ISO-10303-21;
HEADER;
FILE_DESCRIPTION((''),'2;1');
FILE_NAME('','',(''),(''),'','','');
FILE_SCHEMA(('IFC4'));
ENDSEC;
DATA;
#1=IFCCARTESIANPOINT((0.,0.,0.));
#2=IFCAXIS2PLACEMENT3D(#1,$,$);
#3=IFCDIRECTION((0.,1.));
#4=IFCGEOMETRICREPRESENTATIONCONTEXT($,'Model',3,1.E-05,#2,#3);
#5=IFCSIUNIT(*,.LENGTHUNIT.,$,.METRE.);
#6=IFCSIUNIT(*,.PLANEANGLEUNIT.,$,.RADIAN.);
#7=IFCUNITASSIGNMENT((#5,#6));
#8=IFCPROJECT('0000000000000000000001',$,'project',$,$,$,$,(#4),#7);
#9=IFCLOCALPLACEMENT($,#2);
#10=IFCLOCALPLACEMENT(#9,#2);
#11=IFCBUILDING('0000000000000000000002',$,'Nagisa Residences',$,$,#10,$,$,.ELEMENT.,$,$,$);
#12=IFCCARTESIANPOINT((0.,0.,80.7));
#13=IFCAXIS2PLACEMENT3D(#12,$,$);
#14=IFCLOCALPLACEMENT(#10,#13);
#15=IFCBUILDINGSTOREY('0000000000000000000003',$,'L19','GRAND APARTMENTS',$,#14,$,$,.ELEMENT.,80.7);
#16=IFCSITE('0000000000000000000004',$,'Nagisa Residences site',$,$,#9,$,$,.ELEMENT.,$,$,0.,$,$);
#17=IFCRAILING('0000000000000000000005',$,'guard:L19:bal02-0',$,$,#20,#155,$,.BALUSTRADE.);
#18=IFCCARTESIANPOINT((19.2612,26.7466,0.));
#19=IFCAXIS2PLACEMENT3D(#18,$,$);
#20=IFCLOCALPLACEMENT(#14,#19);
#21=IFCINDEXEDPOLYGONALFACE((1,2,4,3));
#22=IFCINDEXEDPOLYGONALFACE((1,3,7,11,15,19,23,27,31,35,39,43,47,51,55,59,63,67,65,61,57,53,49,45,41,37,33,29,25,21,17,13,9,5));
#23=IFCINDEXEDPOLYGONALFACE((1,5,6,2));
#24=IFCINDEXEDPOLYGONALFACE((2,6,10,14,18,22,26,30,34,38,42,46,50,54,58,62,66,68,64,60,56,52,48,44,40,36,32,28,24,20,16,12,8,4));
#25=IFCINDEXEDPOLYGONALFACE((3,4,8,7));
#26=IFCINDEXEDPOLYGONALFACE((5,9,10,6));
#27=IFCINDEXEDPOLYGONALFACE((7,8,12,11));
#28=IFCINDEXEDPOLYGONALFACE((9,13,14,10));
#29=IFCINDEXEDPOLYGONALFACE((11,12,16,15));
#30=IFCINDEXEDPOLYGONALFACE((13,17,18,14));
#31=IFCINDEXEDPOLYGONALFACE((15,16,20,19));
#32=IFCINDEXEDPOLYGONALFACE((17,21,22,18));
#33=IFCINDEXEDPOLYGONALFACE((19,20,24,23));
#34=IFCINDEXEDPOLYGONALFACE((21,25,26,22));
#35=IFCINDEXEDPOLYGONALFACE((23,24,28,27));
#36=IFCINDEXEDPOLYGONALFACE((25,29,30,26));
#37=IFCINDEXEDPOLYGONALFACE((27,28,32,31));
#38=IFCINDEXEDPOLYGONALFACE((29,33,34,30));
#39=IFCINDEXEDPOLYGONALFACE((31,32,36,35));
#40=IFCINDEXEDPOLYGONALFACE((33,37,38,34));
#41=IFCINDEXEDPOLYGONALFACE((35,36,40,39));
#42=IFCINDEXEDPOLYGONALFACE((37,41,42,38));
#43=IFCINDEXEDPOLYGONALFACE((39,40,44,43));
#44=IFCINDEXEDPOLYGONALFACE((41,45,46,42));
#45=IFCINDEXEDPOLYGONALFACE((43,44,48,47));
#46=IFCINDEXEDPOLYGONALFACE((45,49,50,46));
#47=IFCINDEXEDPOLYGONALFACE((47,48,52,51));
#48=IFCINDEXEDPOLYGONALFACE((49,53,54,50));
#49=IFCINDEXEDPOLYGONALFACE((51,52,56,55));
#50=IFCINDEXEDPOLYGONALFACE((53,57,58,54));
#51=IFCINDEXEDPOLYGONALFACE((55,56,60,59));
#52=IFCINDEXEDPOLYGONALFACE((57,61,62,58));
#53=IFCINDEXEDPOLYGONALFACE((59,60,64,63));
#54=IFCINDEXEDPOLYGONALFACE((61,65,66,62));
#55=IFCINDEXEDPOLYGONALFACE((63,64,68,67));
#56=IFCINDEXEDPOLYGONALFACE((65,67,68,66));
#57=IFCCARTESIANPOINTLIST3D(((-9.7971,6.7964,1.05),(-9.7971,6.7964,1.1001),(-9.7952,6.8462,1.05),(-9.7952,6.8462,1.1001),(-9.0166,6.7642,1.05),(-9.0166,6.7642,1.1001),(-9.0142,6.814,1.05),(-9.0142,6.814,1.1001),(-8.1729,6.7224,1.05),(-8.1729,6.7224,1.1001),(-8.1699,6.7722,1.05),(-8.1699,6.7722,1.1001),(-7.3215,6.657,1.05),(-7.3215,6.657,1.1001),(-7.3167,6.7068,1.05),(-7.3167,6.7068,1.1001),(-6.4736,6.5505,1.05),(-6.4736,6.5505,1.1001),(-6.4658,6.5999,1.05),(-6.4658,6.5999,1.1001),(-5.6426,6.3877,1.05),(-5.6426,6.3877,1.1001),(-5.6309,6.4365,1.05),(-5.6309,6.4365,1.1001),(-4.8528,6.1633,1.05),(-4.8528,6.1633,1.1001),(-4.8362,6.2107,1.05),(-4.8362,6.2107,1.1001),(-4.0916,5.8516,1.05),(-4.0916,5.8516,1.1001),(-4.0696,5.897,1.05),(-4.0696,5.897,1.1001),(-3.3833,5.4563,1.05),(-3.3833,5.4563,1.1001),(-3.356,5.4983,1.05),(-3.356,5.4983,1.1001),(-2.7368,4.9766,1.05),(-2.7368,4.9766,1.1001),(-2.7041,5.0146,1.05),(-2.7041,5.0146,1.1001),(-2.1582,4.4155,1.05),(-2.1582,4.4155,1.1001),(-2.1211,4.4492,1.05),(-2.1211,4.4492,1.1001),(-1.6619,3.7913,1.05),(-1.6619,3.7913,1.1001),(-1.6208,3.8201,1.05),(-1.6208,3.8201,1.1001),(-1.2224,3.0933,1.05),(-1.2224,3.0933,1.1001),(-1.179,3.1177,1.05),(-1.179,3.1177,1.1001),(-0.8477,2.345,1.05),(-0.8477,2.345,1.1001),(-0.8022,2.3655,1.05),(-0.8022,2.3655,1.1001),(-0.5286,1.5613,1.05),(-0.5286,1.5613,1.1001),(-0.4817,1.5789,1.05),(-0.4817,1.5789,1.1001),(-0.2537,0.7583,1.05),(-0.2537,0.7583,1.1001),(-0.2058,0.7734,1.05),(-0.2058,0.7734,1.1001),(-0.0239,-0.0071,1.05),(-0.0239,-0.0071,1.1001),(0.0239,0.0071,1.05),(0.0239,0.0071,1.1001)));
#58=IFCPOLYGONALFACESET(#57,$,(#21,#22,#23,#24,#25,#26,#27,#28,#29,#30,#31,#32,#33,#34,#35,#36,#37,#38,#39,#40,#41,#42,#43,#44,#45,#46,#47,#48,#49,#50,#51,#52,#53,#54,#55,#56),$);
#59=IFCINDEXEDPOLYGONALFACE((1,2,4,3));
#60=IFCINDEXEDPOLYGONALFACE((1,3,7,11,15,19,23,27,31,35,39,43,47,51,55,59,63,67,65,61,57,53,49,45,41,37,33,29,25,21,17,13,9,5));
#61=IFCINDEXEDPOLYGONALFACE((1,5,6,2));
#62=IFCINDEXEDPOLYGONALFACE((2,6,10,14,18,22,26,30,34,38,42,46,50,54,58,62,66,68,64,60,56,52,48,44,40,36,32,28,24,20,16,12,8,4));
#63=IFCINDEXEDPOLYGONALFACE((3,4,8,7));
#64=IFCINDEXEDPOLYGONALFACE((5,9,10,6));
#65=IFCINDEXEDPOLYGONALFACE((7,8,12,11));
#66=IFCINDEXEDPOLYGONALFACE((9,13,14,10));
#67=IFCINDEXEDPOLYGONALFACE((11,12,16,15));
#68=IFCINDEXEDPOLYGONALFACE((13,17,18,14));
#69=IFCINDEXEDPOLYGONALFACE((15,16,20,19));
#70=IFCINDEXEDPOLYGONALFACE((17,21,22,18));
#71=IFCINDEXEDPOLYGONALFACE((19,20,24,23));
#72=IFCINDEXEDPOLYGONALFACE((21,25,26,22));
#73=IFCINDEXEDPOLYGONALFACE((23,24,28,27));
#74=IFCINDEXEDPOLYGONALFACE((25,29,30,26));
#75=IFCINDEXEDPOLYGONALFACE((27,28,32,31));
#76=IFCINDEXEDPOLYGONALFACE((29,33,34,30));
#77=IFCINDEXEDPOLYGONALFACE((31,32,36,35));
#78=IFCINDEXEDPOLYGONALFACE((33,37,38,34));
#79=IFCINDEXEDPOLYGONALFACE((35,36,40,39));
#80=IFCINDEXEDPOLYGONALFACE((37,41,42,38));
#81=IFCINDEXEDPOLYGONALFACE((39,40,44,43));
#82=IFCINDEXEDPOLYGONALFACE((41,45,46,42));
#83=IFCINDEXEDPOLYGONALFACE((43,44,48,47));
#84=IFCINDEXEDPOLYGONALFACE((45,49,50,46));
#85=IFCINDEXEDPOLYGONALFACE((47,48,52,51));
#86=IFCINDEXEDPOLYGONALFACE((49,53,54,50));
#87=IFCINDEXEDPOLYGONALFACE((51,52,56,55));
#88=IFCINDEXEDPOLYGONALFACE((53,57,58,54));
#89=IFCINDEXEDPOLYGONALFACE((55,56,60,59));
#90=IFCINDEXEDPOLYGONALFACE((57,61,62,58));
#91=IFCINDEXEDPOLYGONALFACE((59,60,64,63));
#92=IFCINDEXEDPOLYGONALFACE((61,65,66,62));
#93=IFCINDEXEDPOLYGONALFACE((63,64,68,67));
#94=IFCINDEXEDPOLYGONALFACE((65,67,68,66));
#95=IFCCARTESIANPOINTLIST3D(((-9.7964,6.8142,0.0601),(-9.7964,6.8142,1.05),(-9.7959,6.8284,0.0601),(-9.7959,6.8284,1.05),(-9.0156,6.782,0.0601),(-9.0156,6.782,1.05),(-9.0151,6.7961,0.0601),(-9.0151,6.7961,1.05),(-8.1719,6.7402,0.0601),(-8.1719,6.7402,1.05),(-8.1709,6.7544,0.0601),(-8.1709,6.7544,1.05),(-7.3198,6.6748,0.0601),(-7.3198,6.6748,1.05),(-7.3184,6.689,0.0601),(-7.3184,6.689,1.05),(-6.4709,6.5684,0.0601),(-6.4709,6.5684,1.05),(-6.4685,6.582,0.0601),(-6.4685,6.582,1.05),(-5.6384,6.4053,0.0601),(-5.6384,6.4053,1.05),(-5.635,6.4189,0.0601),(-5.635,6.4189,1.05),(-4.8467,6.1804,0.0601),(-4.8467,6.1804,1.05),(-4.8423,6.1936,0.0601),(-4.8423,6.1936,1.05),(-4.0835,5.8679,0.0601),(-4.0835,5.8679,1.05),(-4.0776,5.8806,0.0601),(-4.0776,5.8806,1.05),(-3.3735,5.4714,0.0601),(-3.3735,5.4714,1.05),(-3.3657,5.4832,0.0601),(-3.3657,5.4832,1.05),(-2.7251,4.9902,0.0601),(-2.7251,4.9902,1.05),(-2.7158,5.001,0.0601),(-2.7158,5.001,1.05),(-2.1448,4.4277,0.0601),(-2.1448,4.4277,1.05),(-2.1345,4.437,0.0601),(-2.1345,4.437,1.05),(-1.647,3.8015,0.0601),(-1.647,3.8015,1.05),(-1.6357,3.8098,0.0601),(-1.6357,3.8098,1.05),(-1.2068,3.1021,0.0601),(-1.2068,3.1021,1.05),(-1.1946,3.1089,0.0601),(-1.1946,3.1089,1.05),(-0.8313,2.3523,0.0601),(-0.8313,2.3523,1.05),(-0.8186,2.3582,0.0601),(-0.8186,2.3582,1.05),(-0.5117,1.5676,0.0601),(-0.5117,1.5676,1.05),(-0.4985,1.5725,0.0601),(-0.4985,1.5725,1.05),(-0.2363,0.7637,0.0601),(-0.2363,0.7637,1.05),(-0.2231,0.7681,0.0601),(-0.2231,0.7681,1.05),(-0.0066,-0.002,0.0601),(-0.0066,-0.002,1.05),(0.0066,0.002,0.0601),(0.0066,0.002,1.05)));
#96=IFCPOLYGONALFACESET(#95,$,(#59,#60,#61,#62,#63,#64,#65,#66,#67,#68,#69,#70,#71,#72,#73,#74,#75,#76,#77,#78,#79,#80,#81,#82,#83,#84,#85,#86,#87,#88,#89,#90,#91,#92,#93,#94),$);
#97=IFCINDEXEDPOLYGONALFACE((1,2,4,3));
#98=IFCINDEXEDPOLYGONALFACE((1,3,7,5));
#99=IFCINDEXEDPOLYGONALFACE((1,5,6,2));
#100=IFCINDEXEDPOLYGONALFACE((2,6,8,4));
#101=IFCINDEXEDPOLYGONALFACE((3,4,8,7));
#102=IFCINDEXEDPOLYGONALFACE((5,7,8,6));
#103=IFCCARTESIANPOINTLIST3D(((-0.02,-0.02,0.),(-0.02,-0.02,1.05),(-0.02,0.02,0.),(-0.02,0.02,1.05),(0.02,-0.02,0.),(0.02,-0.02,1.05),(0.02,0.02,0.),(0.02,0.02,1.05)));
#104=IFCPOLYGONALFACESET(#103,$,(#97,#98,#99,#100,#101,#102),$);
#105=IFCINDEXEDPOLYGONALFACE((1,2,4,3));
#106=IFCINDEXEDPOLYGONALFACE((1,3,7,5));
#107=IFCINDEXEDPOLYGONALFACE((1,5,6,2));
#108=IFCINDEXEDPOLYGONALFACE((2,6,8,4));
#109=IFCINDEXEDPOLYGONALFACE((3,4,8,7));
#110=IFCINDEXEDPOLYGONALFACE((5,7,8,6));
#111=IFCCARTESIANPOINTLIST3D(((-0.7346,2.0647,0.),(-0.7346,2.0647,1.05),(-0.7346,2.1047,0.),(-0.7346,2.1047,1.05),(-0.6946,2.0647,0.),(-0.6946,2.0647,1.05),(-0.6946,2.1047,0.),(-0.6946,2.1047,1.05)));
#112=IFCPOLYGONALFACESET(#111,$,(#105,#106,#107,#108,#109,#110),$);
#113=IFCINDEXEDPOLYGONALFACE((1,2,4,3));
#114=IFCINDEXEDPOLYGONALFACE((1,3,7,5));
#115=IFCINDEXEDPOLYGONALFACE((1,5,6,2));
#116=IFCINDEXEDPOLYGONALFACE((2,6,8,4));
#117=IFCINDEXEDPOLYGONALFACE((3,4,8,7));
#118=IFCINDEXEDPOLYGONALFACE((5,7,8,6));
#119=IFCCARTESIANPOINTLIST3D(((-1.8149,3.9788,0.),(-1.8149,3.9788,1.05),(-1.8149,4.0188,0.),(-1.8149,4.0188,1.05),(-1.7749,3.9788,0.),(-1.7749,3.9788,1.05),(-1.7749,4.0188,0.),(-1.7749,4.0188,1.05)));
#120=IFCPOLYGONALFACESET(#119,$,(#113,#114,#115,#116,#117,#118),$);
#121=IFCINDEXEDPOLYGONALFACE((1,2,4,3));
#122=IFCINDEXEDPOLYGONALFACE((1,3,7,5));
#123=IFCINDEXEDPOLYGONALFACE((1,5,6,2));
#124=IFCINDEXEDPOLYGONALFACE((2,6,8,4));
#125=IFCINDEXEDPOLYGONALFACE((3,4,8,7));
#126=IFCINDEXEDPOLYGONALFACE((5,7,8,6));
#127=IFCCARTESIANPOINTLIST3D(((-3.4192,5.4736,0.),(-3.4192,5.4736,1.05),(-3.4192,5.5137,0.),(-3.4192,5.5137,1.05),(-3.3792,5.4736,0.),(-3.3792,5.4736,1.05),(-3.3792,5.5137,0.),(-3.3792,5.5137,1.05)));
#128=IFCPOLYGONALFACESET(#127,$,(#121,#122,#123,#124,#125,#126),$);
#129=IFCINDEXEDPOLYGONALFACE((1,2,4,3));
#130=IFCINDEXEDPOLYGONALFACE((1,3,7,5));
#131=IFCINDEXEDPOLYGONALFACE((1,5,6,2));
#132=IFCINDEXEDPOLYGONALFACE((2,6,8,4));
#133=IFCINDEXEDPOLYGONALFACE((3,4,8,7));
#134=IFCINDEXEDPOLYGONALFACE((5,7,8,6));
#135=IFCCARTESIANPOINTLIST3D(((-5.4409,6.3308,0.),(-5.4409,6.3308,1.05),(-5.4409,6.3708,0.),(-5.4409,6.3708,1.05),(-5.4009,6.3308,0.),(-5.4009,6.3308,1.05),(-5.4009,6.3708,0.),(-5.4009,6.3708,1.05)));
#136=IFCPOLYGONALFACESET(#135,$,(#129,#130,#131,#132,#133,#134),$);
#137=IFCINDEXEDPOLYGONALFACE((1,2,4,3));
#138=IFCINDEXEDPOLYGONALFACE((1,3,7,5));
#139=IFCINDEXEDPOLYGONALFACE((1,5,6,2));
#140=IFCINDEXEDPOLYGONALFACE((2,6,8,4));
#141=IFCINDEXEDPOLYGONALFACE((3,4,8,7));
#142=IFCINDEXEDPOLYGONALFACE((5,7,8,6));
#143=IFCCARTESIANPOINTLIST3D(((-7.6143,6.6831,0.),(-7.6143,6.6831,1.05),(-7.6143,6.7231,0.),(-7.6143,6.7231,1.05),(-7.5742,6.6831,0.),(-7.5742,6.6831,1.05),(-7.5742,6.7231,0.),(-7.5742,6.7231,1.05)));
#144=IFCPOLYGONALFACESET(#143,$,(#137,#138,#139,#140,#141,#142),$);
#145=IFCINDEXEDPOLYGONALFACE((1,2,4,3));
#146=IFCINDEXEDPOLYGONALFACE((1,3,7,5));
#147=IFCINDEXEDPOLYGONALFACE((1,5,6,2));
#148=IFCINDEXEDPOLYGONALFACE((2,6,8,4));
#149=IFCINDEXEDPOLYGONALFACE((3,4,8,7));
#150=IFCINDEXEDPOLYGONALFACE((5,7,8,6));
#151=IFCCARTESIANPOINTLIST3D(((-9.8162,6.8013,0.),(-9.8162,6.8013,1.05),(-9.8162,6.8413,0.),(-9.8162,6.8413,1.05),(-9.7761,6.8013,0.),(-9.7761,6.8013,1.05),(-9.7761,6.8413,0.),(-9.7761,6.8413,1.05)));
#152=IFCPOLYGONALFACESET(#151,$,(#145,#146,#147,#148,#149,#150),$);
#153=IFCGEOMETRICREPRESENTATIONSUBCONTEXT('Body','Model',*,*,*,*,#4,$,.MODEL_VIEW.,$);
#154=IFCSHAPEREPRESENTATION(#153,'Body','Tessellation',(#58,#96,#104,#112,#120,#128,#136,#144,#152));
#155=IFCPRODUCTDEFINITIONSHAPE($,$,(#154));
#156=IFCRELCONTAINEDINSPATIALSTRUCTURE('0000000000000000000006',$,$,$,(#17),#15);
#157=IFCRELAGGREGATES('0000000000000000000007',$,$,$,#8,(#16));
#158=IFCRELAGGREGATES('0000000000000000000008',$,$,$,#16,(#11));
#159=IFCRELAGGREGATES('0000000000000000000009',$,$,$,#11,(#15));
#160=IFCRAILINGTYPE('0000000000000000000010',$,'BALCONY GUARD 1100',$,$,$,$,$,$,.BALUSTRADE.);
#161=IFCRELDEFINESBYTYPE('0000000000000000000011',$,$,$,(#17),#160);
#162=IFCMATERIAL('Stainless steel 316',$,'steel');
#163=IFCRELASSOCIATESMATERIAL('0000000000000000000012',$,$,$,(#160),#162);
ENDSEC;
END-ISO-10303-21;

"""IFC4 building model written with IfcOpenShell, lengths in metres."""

from ifc_helpers import new_model, si_unit, direction, frame, origin, origin_2d, place, context, subcontext, project, spatial, polyline, rectangle, outline, extrude, material, type_object, element, save


model = new_model("IFC4")

# Units and contexts
model_context = context("Model", 3, precision=1e-05, world=origin(), true_north=direction((0.0, 1.0)))
body_context = subcontext(model_context, "Body", "Model", "MODEL_VIEW")
ifc_project = project(units=[si_unit("LENGTHUNIT", "METRE"), si_unit("PLANEANGLEUNIT", "RADIAN")], contexts=[model_context])

# Site, building, storey
site_placement = place(None, origin())
site = spatial("IfcSite", under=ifc_project, at=site_placement, Name="Nagisa Residences site", CompositionType="ELEMENT", RefElevation=0.0)
building_placement = place(site_placement, origin())
building = spatial("IfcBuilding", under=site, at=building_placement, Name="Nagisa Residences", CompositionType="ELEMENT")
storey_placement = place(building_placement, frame((0.0, 0.0, 80.7)))
storey = spatial("IfcBuildingStorey", under=building, at=storey_placement, Name="L19", Description="GRAND APARTMENTS", CompositionType="ELEMENT", Elevation=80.7)

# Railing
ifc_material_1 = material(Name="Stainless steel 316", Category="steel")
railing_type = type_object("IfcRailingType", Name="BALCONY GUARD 1100", PredefinedType="BALUSTRADE", material=ifc_material_1)
railing_1_placement = place(storey_placement, frame((19.2612, 26.7466, 0.0)))
element("IfcRailing", 1, at=railing_1_placement, inside=storey, type_object=railing_type, Name="guard:L19:bal02-0", PredefinedType="BALUSTRADE", context=body_context, shape_type="SweptSolid", body=[
    extrude(outline(polyline([(-0.2537, 0.7583), (-0.0239, -0.0071), (0.0239, 0.0071), (-0.2058, 0.7734), (-0.4817, 1.5789), (-0.8022, 2.3655), (-1.179, 3.1177), (-1.6208, 3.8201), (-2.1211, 4.4492), (-2.7041, 5.0146), (-3.356, 5.4983), (-4.0696, 5.897), (-4.8362, 6.2107), (-5.6309, 6.4365), (-6.4658, 6.5999), (-7.3167, 6.7068), (-8.1699, 6.7722), (-9.0142, 6.814), (-9.7952, 6.8462), (-9.7971, 6.7964), (-9.0166, 6.7642), (-8.1729, 6.7224), (-7.3215, 6.657), (-6.4736, 6.5505), (-5.6426, 6.3877), (-4.8528, 6.1633), (-4.0916, 5.8516), (-3.3833, 5.4563), (-2.7368, 4.9766), (-2.1582, 4.4155), (-1.6619, 3.7913), (-1.2224, 3.0933), (-0.8477, 2.345), (-0.5286, 1.5613), (-0.2537, 0.7583)])), frame((0.0, 0.0, 1.05)), (0.0, 0.0, 1.0), 0.05),
    extrude(outline(polyline([(-0.2363, 0.7637), (-0.0066, -0.002), (0.0066, 0.002), (-0.2231, 0.7681), (-0.4985, 1.5725), (-0.8186, 2.3582), (-1.1946, 3.1089), (-1.6357, 3.8098), (-2.1345, 4.437), (-2.7158, 5.001), (-3.3657, 5.4832), (-4.0776, 5.8806), (-4.8423, 6.1936), (-5.635, 6.4189), (-6.4685, 6.582), (-7.3184, 6.689), (-8.1709, 6.7544), (-9.0151, 6.7961), (-9.7959, 6.8284), (-9.7964, 6.8142), (-9.0156, 6.782), (-8.1719, 6.7402), (-7.3198, 6.6748), (-6.4709, 6.5684), (-5.6384, 6.4053), (-4.8467, 6.1804), (-4.0835, 5.8679), (-3.3735, 5.4714), (-2.7251, 4.9902), (-2.1448, 4.4277), (-1.647, 3.8015), (-1.2068, 3.1021), (-0.8313, 2.3523), (-0.5117, 1.5676), (-0.2363, 0.7637)])), frame((0.0, 0.0, 0.0601)), (0.0, 0.0, 1.0), 0.99),
    extrude(rectangle(XDim=0.04, YDim=0.04, at=origin_2d()), origin(), (0.0, 0.0, 1.0), 1.05),
    extrude(rectangle(XDim=0.04, YDim=0.04, at=origin_2d()), frame((-0.7146, 2.0847, 0.0)), (0.0, 0.0, 1.0), 1.05),
    extrude(rectangle(XDim=0.04, YDim=0.04, at=origin_2d()), frame((-1.7949, 3.9988, 0.0)), (0.0, 0.0, 1.0), 1.05),
    extrude(rectangle(XDim=0.04, YDim=0.04, at=origin_2d()), frame((-3.3992, 5.4937, 0.0)), (0.0, 0.0, 1.0), 1.05),
    extrude(rectangle(XDim=0.04, YDim=0.04, at=origin_2d()), frame((-5.4209, 6.3508, 0.0)), (0.0, 0.0, 1.0), 1.05),
    extrude(rectangle(XDim=0.04, YDim=0.04, at=origin_2d()), frame((-7.5942, 6.7031, 0.0)), (0.0, 0.0, 1.0), 1.05),
    extrude(rectangle(XDim=0.04, YDim=0.04, at=origin_2d()), frame((-9.7961, 6.8213, 0.0)), (0.0, 0.0, 1.0), 1.05),
])

save(model, "model.ifc")
